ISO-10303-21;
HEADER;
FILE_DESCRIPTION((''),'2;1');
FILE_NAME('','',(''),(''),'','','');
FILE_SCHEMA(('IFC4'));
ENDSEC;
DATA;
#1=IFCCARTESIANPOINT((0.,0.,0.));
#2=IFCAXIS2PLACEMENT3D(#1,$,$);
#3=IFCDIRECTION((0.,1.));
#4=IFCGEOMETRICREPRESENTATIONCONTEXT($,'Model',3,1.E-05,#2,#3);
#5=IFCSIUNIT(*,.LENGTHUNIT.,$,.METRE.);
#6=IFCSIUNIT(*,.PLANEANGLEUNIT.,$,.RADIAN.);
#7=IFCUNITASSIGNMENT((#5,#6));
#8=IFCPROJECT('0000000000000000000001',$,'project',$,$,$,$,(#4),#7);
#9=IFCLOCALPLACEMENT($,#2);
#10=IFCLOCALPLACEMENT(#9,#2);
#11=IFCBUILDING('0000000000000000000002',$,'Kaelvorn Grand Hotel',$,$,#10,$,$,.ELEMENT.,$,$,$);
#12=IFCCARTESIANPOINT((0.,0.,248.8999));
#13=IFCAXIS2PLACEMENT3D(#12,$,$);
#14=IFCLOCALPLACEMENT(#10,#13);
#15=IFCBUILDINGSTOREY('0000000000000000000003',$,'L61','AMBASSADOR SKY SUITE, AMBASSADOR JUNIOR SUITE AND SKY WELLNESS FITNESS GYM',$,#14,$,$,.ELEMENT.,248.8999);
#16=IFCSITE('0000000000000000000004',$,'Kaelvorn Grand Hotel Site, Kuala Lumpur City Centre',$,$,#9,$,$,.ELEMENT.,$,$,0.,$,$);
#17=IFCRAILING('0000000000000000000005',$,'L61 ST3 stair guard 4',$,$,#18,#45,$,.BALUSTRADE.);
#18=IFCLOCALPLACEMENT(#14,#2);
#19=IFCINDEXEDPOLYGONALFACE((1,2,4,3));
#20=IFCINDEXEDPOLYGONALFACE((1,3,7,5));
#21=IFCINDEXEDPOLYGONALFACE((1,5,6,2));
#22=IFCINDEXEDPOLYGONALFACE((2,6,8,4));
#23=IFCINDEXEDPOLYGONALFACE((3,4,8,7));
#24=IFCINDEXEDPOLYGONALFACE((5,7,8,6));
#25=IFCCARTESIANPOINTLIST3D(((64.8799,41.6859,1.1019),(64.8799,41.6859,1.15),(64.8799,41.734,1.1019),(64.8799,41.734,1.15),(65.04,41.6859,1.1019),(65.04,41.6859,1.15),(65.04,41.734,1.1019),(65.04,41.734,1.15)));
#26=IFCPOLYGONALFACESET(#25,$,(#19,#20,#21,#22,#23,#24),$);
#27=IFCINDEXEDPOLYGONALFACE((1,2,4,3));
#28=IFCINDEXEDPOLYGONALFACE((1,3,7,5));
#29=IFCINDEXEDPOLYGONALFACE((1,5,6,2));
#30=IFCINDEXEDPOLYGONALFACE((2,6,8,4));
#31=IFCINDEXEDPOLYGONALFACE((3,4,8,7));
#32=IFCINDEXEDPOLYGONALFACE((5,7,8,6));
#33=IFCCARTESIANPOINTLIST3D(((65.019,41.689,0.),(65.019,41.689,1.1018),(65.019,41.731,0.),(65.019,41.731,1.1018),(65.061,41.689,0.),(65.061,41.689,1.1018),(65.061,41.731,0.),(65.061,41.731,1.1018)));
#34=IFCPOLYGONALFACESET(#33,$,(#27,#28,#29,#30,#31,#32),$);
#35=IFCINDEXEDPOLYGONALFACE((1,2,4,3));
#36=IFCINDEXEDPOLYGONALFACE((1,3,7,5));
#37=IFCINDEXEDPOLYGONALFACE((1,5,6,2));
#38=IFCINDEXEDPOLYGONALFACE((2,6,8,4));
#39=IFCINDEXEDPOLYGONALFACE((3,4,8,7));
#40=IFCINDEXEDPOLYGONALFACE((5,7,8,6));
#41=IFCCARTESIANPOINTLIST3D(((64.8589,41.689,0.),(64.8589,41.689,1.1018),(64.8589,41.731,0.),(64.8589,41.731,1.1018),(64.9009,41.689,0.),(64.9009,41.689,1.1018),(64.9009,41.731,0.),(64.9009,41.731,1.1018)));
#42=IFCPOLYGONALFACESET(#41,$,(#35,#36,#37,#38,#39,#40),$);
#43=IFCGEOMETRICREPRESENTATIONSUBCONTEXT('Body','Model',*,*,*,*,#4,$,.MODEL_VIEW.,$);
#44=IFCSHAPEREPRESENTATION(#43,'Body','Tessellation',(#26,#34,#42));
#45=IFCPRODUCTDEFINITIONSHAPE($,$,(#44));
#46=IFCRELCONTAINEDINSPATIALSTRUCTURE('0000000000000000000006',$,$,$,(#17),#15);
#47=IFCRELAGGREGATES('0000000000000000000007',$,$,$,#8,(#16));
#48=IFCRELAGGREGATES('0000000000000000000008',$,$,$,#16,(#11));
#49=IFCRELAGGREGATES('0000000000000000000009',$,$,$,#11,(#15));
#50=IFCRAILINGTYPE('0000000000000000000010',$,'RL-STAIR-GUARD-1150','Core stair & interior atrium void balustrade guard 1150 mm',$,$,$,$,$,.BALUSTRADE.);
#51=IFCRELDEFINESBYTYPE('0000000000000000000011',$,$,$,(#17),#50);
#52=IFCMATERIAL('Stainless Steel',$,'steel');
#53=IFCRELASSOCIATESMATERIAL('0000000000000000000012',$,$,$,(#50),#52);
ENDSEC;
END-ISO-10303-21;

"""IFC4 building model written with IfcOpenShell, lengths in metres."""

from ifc_helpers import new_model, si_unit, direction, frame, origin, origin_2d, place, context, subcontext, project, spatial, rectangle, extrude, material, type_object, element, save


model = new_model("IFC4")

# Units and contexts
model_context = context("Model", 3, precision=1e-05, world=origin(), true_north=direction((0.0, 1.0)))
body_context = subcontext(model_context, "Body", "Model", "MODEL_VIEW")
ifc_project = project(units=[si_unit("LENGTHUNIT", "METRE"), si_unit("PLANEANGLEUNIT", "RADIAN")], contexts=[model_context])

# Site, building, storey
site_placement = place(None, origin())
site = spatial("IfcSite", under=ifc_project, at=site_placement, Name="Kaelvorn Grand Hotel Site, Kuala Lumpur City Centre", CompositionType="ELEMENT", RefElevation=0.0)
building_placement = place(site_placement, origin())
building = spatial("IfcBuilding", under=site, at=building_placement, Name="Kaelvorn Grand Hotel", CompositionType="ELEMENT")
storey_placement = place(building_placement, frame((0.0, 0.0, 248.8999)))
storey = spatial("IfcBuildingStorey", under=building, at=storey_placement, Name="L61", Description="AMBASSADOR SKY SUITE, AMBASSADOR JUNIOR SUITE AND SKY WELLNESS FITNESS GYM", CompositionType="ELEMENT", Elevation=248.8999)

# Railing
ifc_material_1 = material(Name="Stainless Steel", Category="steel")
railing_type_1 = type_object("IfcRailingType", Name="RL-STAIR-GUARD-1150", Description="Core stair & interior atrium void balustrade guard 1150 mm", PredefinedType="BALUSTRADE", material=ifc_material_1)
railing_1_placement = place(storey_placement, frame((65.04, 41.71, 0.0)))
element("IfcRailing", 1, at=railing_1_placement, inside=storey, type_object=railing_type_1, Name="L61 ST3 stair guard 4", PredefinedType="BALUSTRADE", context=body_context, shape_type="SweptSolid", body=[
    extrude(rectangle(XDim=0.0481, YDim=0.0481, at=origin_2d()), frame((0.0, 0.0, 1.126), z_axis=(-1.0, 0.0, 0.0), x_axis=(0.0, -1.0, 0.0)), (0.0, 0.0, 1.0), 0.1602),
    extrude(rectangle(XDim=0.042, YDim=0.042, at=origin_2d()), origin(), (0.0, 0.0, 1.0), 1.1018),
    extrude(rectangle(XDim=0.042, YDim=0.042, at=origin_2d()), frame((-0.1602, 0.0, 0.0)), (0.0, 0.0, 1.0), 1.1018),
])

save(model, "model.ifc")
